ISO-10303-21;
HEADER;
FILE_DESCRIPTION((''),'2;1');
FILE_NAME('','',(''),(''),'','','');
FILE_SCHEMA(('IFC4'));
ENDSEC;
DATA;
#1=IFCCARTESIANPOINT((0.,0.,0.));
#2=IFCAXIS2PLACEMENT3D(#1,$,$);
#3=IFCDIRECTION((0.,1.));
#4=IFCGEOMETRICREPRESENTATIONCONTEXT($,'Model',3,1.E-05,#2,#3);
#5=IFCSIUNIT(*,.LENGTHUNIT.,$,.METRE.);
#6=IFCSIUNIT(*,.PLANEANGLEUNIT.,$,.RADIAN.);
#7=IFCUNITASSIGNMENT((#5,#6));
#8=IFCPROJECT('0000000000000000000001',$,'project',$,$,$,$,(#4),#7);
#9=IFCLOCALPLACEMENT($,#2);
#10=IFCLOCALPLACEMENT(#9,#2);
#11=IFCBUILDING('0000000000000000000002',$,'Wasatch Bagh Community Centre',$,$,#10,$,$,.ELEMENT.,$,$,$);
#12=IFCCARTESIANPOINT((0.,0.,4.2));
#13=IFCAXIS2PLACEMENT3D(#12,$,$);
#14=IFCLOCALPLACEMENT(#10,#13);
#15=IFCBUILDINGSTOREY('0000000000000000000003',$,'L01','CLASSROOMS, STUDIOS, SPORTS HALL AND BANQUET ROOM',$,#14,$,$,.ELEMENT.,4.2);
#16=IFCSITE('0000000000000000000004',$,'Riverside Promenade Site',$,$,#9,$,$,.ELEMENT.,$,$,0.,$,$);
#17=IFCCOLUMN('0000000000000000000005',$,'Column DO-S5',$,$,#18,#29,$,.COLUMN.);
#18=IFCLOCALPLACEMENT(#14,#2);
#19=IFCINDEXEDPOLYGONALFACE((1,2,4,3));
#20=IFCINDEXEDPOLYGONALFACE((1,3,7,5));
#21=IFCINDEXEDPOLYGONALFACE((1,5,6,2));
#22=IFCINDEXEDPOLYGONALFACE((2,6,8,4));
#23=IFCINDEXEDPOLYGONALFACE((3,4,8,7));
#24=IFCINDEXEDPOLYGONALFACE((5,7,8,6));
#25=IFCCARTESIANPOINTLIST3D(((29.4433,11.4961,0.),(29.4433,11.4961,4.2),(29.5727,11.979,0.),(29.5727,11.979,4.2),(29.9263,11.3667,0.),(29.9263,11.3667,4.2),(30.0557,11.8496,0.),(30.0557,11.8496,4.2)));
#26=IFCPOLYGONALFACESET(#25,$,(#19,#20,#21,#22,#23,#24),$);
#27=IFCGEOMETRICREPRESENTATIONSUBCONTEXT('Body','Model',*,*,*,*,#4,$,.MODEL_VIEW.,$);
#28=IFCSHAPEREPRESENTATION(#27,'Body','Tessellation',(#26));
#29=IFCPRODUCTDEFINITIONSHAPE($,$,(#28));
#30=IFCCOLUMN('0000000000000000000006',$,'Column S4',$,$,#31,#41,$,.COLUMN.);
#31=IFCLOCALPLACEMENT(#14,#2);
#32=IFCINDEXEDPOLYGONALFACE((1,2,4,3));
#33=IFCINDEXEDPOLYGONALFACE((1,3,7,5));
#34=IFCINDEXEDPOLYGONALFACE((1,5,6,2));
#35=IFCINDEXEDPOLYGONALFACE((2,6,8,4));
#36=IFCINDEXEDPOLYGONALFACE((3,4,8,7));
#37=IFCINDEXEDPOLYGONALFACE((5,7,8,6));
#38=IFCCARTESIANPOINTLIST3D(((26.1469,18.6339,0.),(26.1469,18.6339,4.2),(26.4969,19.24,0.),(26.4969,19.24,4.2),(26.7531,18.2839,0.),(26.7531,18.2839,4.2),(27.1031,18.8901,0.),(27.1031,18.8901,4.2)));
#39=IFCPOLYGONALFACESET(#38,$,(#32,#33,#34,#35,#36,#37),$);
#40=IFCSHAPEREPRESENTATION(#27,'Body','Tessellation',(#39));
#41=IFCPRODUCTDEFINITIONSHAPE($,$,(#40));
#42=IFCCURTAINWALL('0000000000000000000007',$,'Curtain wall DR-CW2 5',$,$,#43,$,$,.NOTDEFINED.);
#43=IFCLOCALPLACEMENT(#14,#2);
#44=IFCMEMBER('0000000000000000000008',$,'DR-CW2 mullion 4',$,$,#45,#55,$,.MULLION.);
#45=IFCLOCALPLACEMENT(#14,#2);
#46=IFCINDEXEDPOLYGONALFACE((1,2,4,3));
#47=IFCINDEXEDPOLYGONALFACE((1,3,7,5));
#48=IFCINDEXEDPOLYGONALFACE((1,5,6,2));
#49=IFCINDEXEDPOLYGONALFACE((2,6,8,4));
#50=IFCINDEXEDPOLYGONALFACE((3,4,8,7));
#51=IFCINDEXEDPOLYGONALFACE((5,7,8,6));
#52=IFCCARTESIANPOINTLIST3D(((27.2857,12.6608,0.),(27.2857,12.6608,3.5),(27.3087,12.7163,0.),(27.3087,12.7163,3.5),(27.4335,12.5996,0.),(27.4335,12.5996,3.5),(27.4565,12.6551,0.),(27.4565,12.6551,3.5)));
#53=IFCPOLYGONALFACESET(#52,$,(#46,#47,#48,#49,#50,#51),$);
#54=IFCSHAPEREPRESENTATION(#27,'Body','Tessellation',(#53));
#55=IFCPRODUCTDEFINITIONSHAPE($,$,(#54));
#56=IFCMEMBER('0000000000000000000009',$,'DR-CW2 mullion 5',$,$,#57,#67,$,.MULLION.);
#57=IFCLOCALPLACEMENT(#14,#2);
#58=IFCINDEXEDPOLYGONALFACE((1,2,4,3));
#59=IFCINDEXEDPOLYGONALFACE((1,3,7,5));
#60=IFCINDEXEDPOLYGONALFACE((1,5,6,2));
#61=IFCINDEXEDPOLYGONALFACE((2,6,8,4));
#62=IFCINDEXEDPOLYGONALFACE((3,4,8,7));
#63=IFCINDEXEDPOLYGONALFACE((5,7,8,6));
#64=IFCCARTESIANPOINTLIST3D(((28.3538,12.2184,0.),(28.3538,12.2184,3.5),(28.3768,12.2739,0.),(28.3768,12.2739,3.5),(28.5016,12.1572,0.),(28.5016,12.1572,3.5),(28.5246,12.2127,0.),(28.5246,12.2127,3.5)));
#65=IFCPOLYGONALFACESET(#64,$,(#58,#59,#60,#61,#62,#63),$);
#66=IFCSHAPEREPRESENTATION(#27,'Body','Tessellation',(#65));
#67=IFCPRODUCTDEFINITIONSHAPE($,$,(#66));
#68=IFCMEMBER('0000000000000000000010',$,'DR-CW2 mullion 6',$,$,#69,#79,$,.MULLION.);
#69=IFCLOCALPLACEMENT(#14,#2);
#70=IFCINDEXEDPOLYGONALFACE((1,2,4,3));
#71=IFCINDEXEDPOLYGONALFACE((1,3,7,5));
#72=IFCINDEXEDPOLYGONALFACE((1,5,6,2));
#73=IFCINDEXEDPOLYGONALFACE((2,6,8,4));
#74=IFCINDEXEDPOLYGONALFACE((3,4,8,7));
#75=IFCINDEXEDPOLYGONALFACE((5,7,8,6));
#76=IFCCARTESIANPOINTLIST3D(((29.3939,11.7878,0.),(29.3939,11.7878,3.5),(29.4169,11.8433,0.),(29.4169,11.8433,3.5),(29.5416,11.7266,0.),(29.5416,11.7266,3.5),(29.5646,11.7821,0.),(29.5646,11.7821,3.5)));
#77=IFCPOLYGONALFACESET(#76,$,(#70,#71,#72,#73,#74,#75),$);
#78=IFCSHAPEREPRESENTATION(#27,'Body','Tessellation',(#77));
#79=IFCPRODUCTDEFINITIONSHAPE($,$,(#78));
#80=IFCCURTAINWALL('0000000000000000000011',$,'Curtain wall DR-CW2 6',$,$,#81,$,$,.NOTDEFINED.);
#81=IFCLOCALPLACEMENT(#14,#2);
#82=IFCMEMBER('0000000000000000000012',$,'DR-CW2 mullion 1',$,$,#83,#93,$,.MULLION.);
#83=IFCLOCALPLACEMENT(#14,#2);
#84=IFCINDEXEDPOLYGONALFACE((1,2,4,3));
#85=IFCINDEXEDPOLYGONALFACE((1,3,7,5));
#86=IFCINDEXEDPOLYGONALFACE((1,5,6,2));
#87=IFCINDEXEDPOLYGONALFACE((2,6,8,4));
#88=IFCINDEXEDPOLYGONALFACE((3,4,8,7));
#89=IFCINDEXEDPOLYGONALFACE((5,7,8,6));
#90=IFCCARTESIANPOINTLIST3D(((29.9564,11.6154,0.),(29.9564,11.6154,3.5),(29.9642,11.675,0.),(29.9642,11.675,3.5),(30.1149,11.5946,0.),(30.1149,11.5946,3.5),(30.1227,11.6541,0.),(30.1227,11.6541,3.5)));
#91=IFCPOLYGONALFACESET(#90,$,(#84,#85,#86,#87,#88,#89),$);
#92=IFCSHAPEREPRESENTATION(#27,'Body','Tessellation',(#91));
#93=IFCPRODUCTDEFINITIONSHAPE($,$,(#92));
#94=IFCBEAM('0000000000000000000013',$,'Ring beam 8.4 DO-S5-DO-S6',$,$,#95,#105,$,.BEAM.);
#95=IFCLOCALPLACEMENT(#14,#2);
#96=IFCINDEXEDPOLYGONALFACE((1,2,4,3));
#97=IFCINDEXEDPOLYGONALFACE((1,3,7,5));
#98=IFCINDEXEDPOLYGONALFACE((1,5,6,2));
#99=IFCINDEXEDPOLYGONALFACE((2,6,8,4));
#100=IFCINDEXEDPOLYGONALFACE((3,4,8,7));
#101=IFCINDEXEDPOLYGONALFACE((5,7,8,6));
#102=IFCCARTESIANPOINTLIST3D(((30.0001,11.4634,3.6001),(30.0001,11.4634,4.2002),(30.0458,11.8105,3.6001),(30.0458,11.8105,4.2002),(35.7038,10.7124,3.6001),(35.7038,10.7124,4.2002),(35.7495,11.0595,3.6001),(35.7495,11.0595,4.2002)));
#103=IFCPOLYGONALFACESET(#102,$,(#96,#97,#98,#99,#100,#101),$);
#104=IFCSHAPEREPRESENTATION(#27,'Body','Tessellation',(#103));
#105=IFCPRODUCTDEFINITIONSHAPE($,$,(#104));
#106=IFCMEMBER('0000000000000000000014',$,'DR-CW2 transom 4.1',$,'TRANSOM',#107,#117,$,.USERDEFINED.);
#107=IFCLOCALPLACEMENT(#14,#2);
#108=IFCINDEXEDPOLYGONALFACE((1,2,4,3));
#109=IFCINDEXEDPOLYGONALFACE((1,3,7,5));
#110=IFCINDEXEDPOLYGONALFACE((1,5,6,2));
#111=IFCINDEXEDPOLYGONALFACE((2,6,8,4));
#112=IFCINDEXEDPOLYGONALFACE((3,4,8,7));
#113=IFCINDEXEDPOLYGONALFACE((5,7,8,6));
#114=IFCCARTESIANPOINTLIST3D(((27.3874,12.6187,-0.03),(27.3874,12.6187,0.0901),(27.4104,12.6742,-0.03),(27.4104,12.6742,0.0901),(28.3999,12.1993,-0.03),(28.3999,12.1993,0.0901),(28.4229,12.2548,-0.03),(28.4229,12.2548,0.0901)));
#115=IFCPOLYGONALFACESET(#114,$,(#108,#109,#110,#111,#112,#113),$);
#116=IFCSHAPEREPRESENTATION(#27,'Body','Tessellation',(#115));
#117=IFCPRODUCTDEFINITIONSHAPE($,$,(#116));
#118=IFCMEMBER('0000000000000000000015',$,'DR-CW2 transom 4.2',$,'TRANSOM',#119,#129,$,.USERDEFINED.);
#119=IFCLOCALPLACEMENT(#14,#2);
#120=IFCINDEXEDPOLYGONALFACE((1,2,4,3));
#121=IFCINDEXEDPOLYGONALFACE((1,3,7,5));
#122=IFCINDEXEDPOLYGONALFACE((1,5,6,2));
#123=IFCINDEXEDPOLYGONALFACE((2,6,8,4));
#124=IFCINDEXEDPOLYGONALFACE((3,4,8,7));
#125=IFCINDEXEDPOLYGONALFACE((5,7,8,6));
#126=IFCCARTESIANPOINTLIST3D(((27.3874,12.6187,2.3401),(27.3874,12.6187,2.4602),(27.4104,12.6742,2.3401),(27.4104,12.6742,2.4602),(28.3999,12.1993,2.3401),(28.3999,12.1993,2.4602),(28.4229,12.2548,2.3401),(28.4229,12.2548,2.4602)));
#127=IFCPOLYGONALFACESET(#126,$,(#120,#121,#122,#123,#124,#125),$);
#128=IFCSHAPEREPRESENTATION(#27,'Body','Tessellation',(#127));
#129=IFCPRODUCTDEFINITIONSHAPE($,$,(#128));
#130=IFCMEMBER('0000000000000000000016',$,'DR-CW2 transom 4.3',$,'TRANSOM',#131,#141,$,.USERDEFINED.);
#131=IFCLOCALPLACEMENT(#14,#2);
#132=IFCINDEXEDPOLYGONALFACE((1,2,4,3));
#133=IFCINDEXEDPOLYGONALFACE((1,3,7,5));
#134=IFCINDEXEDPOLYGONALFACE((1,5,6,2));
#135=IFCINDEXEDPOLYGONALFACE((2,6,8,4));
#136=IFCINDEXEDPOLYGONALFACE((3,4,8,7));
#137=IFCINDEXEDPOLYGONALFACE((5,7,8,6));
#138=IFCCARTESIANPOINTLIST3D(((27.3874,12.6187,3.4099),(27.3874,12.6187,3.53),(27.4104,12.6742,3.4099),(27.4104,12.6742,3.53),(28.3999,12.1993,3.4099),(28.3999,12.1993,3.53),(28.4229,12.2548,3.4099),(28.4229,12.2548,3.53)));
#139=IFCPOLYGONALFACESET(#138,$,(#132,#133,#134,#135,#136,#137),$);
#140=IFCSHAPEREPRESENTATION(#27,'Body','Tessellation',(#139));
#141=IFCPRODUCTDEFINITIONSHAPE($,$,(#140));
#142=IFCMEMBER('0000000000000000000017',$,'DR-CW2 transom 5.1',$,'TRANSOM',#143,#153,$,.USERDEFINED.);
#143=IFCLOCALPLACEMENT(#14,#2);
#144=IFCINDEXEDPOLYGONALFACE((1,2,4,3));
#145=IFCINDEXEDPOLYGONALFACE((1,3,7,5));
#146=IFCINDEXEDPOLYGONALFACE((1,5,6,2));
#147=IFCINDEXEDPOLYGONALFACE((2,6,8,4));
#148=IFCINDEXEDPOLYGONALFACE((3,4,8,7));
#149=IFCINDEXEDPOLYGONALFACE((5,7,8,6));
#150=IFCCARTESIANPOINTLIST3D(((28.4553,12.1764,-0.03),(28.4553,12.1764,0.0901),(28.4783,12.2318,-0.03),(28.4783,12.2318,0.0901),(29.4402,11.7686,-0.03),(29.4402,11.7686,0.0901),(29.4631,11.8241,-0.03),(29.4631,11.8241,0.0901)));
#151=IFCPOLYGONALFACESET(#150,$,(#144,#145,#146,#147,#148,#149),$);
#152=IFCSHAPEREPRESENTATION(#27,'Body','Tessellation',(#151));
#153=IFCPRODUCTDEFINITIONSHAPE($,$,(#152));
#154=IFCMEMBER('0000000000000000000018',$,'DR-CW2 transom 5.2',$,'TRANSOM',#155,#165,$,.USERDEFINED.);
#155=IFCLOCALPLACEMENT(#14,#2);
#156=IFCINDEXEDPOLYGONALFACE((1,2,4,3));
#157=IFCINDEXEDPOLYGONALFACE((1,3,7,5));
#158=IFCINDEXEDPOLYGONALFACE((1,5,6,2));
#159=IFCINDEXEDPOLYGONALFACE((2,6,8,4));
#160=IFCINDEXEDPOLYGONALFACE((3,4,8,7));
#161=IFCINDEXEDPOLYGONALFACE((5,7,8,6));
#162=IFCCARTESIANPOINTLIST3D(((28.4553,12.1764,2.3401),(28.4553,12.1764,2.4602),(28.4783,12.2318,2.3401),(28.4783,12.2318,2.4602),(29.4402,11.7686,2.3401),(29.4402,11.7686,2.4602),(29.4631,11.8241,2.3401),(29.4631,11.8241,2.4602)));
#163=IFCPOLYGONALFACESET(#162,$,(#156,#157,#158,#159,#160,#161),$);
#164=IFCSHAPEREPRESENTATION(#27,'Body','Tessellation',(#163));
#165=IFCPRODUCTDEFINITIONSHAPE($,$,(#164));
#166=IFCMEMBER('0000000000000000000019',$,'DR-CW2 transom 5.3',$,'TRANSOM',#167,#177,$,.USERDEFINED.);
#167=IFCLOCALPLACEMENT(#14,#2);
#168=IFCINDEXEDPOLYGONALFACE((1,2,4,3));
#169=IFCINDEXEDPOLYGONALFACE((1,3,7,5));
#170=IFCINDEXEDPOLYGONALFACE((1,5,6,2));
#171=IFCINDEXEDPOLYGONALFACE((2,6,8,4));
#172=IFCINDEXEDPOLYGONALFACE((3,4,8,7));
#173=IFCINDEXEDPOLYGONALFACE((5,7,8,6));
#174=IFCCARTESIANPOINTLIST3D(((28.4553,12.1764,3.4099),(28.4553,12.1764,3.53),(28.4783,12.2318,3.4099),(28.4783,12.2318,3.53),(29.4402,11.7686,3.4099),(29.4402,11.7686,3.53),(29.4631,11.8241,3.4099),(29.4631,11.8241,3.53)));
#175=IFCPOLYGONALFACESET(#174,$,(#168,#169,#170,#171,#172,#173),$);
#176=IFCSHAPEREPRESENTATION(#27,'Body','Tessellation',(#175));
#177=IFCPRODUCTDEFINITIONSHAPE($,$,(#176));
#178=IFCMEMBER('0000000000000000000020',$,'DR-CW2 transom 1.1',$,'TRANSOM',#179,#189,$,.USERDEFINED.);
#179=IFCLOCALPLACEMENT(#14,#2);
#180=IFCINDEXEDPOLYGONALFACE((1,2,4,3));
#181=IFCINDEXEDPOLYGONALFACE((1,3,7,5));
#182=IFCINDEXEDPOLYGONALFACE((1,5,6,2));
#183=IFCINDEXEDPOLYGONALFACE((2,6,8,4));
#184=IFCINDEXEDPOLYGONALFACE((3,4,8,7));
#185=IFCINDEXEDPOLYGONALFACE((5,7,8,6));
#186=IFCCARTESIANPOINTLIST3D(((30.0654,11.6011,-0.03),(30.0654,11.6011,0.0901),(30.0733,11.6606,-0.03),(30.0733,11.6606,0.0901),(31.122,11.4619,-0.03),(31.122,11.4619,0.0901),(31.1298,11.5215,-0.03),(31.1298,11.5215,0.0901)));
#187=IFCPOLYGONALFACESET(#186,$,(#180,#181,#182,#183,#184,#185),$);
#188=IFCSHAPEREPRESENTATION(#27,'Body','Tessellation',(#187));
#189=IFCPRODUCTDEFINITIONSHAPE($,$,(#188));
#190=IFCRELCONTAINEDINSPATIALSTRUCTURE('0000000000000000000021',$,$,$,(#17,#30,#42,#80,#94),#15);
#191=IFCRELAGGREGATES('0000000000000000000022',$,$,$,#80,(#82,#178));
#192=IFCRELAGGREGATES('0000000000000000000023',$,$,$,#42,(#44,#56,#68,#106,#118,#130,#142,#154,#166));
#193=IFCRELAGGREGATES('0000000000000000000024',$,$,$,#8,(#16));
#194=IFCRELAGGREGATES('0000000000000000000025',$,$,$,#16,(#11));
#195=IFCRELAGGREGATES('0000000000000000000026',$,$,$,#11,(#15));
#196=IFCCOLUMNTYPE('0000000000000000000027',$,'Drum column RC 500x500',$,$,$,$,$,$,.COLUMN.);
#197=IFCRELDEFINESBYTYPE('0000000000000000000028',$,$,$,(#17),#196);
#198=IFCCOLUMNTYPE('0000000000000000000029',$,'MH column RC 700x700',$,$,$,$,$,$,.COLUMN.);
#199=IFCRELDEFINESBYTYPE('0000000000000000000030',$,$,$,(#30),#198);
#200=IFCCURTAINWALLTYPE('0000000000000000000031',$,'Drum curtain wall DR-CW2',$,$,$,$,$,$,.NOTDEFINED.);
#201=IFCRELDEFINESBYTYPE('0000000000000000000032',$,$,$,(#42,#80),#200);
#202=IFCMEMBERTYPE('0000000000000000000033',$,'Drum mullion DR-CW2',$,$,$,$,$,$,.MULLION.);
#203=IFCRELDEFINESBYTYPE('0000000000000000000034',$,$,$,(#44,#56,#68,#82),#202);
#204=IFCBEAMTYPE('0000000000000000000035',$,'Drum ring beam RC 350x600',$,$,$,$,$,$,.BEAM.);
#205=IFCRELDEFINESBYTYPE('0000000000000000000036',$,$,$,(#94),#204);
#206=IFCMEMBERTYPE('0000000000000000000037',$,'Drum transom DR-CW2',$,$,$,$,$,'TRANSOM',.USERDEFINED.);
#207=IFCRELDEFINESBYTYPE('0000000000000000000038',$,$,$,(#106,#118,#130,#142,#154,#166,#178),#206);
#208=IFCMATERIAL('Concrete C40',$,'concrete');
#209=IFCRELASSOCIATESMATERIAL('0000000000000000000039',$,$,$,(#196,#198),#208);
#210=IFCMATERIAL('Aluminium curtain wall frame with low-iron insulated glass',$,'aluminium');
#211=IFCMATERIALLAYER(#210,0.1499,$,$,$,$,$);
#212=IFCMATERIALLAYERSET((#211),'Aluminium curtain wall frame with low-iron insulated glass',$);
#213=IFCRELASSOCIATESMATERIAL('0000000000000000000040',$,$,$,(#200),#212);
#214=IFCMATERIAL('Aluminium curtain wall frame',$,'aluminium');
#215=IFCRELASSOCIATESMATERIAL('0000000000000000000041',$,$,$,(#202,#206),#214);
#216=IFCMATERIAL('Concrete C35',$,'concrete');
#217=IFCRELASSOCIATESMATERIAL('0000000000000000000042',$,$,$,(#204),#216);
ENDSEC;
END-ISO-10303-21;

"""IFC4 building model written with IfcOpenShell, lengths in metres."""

from ifc_helpers import new_model, si_unit, direction, frame, origin, origin_2d, place, context, subcontext, project, spatial, rectangle, extrude, material, layer, layer_set, material_profile, profile_set, type_object, element, aggregate, save


model = new_model("IFC4")

# Units and contexts
model_context = context("Model", 3, precision=1e-05, world=origin(), true_north=direction((0.0, 1.0)))
body_context = subcontext(model_context, "Body", "Model", "MODEL_VIEW")
ifc_project = project(units=[si_unit("LENGTHUNIT", "METRE"), si_unit("PLANEANGLEUNIT", "RADIAN")], contexts=[model_context])

# Site, building, storey
site_placement = place(None, origin())
site = spatial("IfcSite", under=ifc_project, at=site_placement, Name="Riverside Promenade Site", CompositionType="ELEMENT", RefElevation=0.0)
building_placement = place(site_placement, origin())
building = spatial("IfcBuilding", under=site, at=building_placement, Name="Wasatch Bagh Community Centre", CompositionType="ELEMENT")
storey_placement = place(building_placement, frame((0.0, 0.0, 4.2)))
storey = spatial("IfcBuildingStorey", under=building, at=storey_placement, Name="L01", Description="CLASSROOMS, STUDIOS, SPORTS HALL AND BANQUET ROOM", CompositionType="ELEMENT", Elevation=4.2)

# Columns
ifc_material_1 = material(Name="Concrete C40", Category="concrete")
ifc_material_profile_1 = material_profile(ifc_material_1, rectangle(XDim=0.5, YDim=0.5, at=origin_2d()), Name="RC 500x500")
ifc_profile_set_1 = profile_set([ifc_material_profile_1], Name="Concrete C40")
column_type_1 = type_object("IfcColumnType", Name="Drum column RC 500x500", PredefinedType="COLUMN", material=ifc_profile_set_1)
column_1_placement = place(storey_placement, frame((29.7495, 11.6729, 0.0), z_axis=(0.0, 0.0, 1.0), x_axis=(0.258819, 0.965926, 0.0)))
element("IfcColumn", 1, at=column_1_placement, inside=storey, type_object=column_type_1, Name="Column DO-S5", PredefinedType="COLUMN", context=body_context, shape_type="SweptSolid", body=[
    extrude(rectangle(XDim=0.5, YDim=0.5, at=origin_2d()), origin(), (0.0, 0.0, 1.0), 4.2),
])
ifc_material_profile_2 = material_profile(ifc_material_1, rectangle(XDim=0.7, YDim=0.7, at=origin_2d()), Name="RC 700x700")
ifc_profile_set_2 = profile_set([ifc_material_profile_2], Name="Concrete C40")
column_type_2 = type_object("IfcColumnType", Name="MH column RC 700x700", PredefinedType="COLUMN", material=ifc_profile_set_2)
column_2_placement = place(storey_placement, frame((26.625, 18.762, 0.0), z_axis=(0.0, 0.0, 1.0), x_axis=(0.5, 0.866025, 0.0)))
element("IfcColumn", 2, at=column_2_placement, inside=storey, type_object=column_type_2, Name="Column S4", PredefinedType="COLUMN", context=body_context, shape_type="SweptSolid", body=[
    extrude(rectangle(XDim=0.7, YDim=0.7, at=origin_2d()), origin(), (0.0, 0.0, 1.0), 4.2),
])

# Curtain wall, members
ifc_material_2 = material(Name="Aluminium curtain wall frame with low-iron insulated glass", Category="aluminium")
ifc_layer_1 = layer(ifc_material_2, 0.1499)
ifc_layer_set_1 = layer_set([ifc_layer_1], Name="Aluminium curtain wall frame with low-iron insulated glass")
curtain_wall_type = type_object("IfcCurtainWallType", Name="Drum curtain wall DR-CW2", PredefinedType="NOTDEFINED", material=ifc_layer_set_1)
curtain_wall_1_placement = place(storey_placement, origin())
curtain_wall_1 = element("IfcCurtainWall", 3, at=curtain_wall_1_placement, inside=storey, type_object=curtain_wall_type, Name="Curtain wall DR-CW2 5", PredefinedType="NOTDEFINED")
ifc_material_3 = material(Name="Aluminium curtain wall frame", Category="aluminium")
ifc_material_profile_3 = material_profile(ifc_material_3, rectangle(XDim=0.0601, YDim=0.1599, at=origin_2d()), Name="Drum mullion DR-CW2")
ifc_profile_set_3 = profile_set([ifc_material_profile_3], Name="Aluminium curtain wall frame")
member_type_1 = type_object("IfcMemberType", Name="Drum mullion DR-CW2", PredefinedType="MULLION", material=ifc_profile_set_3)
member_1_placement = place(storey_placement, frame((27.3711, 12.658, 0.0), z_axis=(0.0, 0.0, 1.0), x_axis=(0.382683, 0.92388, 0.0)))
member_1 = element("IfcMember", 4, at=member_1_placement, type_object=member_type_1, Name="DR-CW2 mullion 4", PredefinedType="MULLION", context=body_context, shape_type="SweptSolid", body=[
    extrude(rectangle(XDim=0.0601, YDim=0.1599, at=origin_2d()), origin(), (0.0, 0.0, 1.0), 3.5),
])
member_2_placement = place(storey_placement, frame((28.4392, 12.2156, 0.0), z_axis=(0.0, 0.0, 1.0), x_axis=(0.382683, 0.92388, 0.0)))
member_2 = element("IfcMember", 5, at=member_2_placement, type_object=member_type_1, Name="DR-CW2 mullion 5", PredefinedType="MULLION", context=body_context, shape_type="SweptSolid", body=[
    extrude(rectangle(XDim=0.0601, YDim=0.1599, at=origin_2d()), origin(), (0.0, 0.0, 1.0), 3.5),
])
member_3_placement = place(storey_placement, frame((29.4792, 11.7849, 0.0), z_axis=(0.0, 0.0, 1.0), x_axis=(0.382683, 0.92388, 0.0)))
member_3 = element("IfcMember", 6, at=member_3_placement, type_object=member_type_1, Name="DR-CW2 mullion 6", PredefinedType="MULLION", context=body_context, shape_type="SweptSolid", body=[
    extrude(rectangle(XDim=0.0601, YDim=0.1599, at=origin_2d()), origin(), (0.0, 0.0, 1.0), 3.5),
])

# Curtain wall, member
curtain_wall_2_placement = place(storey_placement, origin())
curtain_wall_2 = element("IfcCurtainWall", 7, at=curtain_wall_2_placement, inside=storey, type_object=curtain_wall_type, Name="Curtain wall DR-CW2 6", PredefinedType="NOTDEFINED")
member_4_placement = place(storey_placement, frame((30.0396, 11.6348, 0.0), z_axis=(0.0, 0.0, 1.0), x_axis=(0.130526, 0.991445, 0.0)))
member_4 = element("IfcMember", 8, at=member_4_placement, type_object=member_type_1, Name="DR-CW2 mullion 1", PredefinedType="MULLION", context=body_context, shape_type="SweptSolid", body=[
    extrude(rectangle(XDim=0.0601, YDim=0.1599, at=origin_2d()), origin(), (0.0, 0.0, 1.0), 3.5),
])

# Beam
ifc_material_4 = material(Name="Concrete C35", Category="concrete")
ifc_material_profile_4 = material_profile(ifc_material_4, rectangle(XDim=0.3501, YDim=0.6001, at=origin_2d()), Name="RC 350x600")
ifc_profile_set_4 = profile_set([ifc_material_profile_4], Name="Concrete C35")
beam_type_1 = type_object("IfcBeamType", Name="Drum ring beam RC 350x600", PredefinedType="BEAM", material=ifc_profile_set_4)
beam_1_placement = place(storey_placement, frame((30.0229, 11.637, 3.9001), z_axis=(0.991443, -0.13054, 0.0), x_axis=(0.13054, 0.991443, 0.0)))
element("IfcBeam", 9, at=beam_1_placement, inside=storey, type_object=beam_type_1, Name="Ring beam 8.4 DO-S5-DO-S6", PredefinedType="BEAM", context=body_context, shape_type="SweptSolid", body=[
    extrude(rectangle(XDim=0.3501, YDim=0.6001, at=origin_2d()), origin(), (0.0, 0.0, 1.0), 5.7529),
])

# Members
ifc_material_profile_5 = material_profile(ifc_material_3, rectangle(XDim=0.0601, YDim=0.1201, at=origin_2d()), Name="Drum transom DR-CW2")
ifc_profile_set_5 = profile_set([ifc_material_profile_5], Name="Aluminium curtain wall frame")
member_type_2 = type_object("IfcMemberType", Name="Drum transom DR-CW2", ElementType="TRANSOM", PredefinedType="USERDEFINED", material=ifc_profile_set_5)
member_5_placement = place(storey_placement, frame((27.3989, 12.6465, 0.03), z_axis=(0.923859, -0.382732, 0.0), x_axis=(0.382732, 0.923859, 0.0)))
member_5 = element("IfcMember", 10, at=member_5_placement, type_object=member_type_2, Name="DR-CW2 transom 4.1", ObjectType="TRANSOM", PredefinedType="USERDEFINED", context=body_context, shape_type="SweptSolid", body=[
    extrude(rectangle(XDim=0.0601, YDim=0.1201, at=origin_2d()), origin(), (0.0, 0.0, 1.0), 1.0959),
])
member_6_placement = place(storey_placement, frame((27.3989, 12.6465, 2.4001), z_axis=(0.923859, -0.382732, 0.0), x_axis=(0.382732, 0.923859, 0.0)))
member_6 = element("IfcMember", 11, at=member_6_placement, type_object=member_type_2, Name="DR-CW2 transom 4.2", ObjectType="TRANSOM", PredefinedType="USERDEFINED", context=body_context, shape_type="SweptSolid", body=[
    extrude(rectangle(XDim=0.0601, YDim=0.1201, at=origin_2d()), origin(), (0.0, 0.0, 1.0), 1.0959),
])
member_7_placement = place(storey_placement, frame((27.3989, 12.6465, 3.47), z_axis=(0.923859, -0.382732, 0.0), x_axis=(0.382732, 0.923859, 0.0)))
member_7 = element("IfcMember", 12, at=member_7_placement, type_object=member_type_2, Name="DR-CW2 transom 4.3", ObjectType="TRANSOM", PredefinedType="USERDEFINED", context=body_context, shape_type="SweptSolid", body=[
    extrude(rectangle(XDim=0.0601, YDim=0.1201, at=origin_2d()), origin(), (0.0, 0.0, 1.0), 1.0959),
])
member_8_placement = place(storey_placement, frame((28.4668, 12.2041, 0.03), z_axis=(0.923955, -0.3825, 0.0), x_axis=(0.3825, 0.923955, 0.0)))
member_8 = element("IfcMember", 13, at=member_8_placement, type_object=member_type_2, Name="DR-CW2 transom 5.1", ObjectType="TRANSOM", PredefinedType="USERDEFINED", context=body_context, shape_type="SweptSolid", body=[
    extrude(rectangle(XDim=0.0601, YDim=0.1201, at=origin_2d()), origin(), (0.0, 0.0, 1.0), 1.0659),
])
member_9_placement = place(storey_placement, frame((28.4668, 12.2041, 2.4001), z_axis=(0.923955, -0.3825, 0.0), x_axis=(0.3825, 0.923955, 0.0)))
member_9 = element("IfcMember", 14, at=member_9_placement, type_object=member_type_2, Name="DR-CW2 transom 5.2", ObjectType="TRANSOM", PredefinedType="USERDEFINED", context=body_context, shape_type="SweptSolid", body=[
    extrude(rectangle(XDim=0.0601, YDim=0.1201, at=origin_2d()), origin(), (0.0, 0.0, 1.0), 1.0659),
])
member_10_placement = place(storey_placement, frame((28.4668, 12.2041, 3.47), z_axis=(0.923955, -0.3825, 0.0), x_axis=(0.3825, 0.923955, 0.0)))
member_10 = element("IfcMember", 15, at=member_10_placement, type_object=member_type_2, Name="DR-CW2 transom 5.3", ObjectType="TRANSOM", PredefinedType="USERDEFINED", context=body_context, shape_type="SweptSolid", body=[
    extrude(rectangle(XDim=0.0601, YDim=0.1201, at=origin_2d()), origin(), (0.0, 0.0, 1.0), 1.0659),
])
member_11_placement = place(storey_placement, frame((30.0693, 11.6309, 0.03), z_axis=(0.991439, -0.130573, 0.0), x_axis=(0.130573, 0.991439, 0.0)))
member_11 = element("IfcMember", 16, at=member_11_placement, type_object=member_type_2, Name="DR-CW2 transom 1.1", ObjectType="TRANSOM", PredefinedType="USERDEFINED", context=body_context, shape_type="SweptSolid", body=[
    extrude(rectangle(XDim=0.0601, YDim=0.1201, at=origin_2d()), origin(), (0.0, 0.0, 1.0), 1.0657),
])
aggregate(curtain_wall_2, [member_4, member_11])

aggregate(curtain_wall_1, [member_1, member_2, member_3, member_5, member_6, member_7, member_8, member_9, member_10])

save(model, "model.ifc")
